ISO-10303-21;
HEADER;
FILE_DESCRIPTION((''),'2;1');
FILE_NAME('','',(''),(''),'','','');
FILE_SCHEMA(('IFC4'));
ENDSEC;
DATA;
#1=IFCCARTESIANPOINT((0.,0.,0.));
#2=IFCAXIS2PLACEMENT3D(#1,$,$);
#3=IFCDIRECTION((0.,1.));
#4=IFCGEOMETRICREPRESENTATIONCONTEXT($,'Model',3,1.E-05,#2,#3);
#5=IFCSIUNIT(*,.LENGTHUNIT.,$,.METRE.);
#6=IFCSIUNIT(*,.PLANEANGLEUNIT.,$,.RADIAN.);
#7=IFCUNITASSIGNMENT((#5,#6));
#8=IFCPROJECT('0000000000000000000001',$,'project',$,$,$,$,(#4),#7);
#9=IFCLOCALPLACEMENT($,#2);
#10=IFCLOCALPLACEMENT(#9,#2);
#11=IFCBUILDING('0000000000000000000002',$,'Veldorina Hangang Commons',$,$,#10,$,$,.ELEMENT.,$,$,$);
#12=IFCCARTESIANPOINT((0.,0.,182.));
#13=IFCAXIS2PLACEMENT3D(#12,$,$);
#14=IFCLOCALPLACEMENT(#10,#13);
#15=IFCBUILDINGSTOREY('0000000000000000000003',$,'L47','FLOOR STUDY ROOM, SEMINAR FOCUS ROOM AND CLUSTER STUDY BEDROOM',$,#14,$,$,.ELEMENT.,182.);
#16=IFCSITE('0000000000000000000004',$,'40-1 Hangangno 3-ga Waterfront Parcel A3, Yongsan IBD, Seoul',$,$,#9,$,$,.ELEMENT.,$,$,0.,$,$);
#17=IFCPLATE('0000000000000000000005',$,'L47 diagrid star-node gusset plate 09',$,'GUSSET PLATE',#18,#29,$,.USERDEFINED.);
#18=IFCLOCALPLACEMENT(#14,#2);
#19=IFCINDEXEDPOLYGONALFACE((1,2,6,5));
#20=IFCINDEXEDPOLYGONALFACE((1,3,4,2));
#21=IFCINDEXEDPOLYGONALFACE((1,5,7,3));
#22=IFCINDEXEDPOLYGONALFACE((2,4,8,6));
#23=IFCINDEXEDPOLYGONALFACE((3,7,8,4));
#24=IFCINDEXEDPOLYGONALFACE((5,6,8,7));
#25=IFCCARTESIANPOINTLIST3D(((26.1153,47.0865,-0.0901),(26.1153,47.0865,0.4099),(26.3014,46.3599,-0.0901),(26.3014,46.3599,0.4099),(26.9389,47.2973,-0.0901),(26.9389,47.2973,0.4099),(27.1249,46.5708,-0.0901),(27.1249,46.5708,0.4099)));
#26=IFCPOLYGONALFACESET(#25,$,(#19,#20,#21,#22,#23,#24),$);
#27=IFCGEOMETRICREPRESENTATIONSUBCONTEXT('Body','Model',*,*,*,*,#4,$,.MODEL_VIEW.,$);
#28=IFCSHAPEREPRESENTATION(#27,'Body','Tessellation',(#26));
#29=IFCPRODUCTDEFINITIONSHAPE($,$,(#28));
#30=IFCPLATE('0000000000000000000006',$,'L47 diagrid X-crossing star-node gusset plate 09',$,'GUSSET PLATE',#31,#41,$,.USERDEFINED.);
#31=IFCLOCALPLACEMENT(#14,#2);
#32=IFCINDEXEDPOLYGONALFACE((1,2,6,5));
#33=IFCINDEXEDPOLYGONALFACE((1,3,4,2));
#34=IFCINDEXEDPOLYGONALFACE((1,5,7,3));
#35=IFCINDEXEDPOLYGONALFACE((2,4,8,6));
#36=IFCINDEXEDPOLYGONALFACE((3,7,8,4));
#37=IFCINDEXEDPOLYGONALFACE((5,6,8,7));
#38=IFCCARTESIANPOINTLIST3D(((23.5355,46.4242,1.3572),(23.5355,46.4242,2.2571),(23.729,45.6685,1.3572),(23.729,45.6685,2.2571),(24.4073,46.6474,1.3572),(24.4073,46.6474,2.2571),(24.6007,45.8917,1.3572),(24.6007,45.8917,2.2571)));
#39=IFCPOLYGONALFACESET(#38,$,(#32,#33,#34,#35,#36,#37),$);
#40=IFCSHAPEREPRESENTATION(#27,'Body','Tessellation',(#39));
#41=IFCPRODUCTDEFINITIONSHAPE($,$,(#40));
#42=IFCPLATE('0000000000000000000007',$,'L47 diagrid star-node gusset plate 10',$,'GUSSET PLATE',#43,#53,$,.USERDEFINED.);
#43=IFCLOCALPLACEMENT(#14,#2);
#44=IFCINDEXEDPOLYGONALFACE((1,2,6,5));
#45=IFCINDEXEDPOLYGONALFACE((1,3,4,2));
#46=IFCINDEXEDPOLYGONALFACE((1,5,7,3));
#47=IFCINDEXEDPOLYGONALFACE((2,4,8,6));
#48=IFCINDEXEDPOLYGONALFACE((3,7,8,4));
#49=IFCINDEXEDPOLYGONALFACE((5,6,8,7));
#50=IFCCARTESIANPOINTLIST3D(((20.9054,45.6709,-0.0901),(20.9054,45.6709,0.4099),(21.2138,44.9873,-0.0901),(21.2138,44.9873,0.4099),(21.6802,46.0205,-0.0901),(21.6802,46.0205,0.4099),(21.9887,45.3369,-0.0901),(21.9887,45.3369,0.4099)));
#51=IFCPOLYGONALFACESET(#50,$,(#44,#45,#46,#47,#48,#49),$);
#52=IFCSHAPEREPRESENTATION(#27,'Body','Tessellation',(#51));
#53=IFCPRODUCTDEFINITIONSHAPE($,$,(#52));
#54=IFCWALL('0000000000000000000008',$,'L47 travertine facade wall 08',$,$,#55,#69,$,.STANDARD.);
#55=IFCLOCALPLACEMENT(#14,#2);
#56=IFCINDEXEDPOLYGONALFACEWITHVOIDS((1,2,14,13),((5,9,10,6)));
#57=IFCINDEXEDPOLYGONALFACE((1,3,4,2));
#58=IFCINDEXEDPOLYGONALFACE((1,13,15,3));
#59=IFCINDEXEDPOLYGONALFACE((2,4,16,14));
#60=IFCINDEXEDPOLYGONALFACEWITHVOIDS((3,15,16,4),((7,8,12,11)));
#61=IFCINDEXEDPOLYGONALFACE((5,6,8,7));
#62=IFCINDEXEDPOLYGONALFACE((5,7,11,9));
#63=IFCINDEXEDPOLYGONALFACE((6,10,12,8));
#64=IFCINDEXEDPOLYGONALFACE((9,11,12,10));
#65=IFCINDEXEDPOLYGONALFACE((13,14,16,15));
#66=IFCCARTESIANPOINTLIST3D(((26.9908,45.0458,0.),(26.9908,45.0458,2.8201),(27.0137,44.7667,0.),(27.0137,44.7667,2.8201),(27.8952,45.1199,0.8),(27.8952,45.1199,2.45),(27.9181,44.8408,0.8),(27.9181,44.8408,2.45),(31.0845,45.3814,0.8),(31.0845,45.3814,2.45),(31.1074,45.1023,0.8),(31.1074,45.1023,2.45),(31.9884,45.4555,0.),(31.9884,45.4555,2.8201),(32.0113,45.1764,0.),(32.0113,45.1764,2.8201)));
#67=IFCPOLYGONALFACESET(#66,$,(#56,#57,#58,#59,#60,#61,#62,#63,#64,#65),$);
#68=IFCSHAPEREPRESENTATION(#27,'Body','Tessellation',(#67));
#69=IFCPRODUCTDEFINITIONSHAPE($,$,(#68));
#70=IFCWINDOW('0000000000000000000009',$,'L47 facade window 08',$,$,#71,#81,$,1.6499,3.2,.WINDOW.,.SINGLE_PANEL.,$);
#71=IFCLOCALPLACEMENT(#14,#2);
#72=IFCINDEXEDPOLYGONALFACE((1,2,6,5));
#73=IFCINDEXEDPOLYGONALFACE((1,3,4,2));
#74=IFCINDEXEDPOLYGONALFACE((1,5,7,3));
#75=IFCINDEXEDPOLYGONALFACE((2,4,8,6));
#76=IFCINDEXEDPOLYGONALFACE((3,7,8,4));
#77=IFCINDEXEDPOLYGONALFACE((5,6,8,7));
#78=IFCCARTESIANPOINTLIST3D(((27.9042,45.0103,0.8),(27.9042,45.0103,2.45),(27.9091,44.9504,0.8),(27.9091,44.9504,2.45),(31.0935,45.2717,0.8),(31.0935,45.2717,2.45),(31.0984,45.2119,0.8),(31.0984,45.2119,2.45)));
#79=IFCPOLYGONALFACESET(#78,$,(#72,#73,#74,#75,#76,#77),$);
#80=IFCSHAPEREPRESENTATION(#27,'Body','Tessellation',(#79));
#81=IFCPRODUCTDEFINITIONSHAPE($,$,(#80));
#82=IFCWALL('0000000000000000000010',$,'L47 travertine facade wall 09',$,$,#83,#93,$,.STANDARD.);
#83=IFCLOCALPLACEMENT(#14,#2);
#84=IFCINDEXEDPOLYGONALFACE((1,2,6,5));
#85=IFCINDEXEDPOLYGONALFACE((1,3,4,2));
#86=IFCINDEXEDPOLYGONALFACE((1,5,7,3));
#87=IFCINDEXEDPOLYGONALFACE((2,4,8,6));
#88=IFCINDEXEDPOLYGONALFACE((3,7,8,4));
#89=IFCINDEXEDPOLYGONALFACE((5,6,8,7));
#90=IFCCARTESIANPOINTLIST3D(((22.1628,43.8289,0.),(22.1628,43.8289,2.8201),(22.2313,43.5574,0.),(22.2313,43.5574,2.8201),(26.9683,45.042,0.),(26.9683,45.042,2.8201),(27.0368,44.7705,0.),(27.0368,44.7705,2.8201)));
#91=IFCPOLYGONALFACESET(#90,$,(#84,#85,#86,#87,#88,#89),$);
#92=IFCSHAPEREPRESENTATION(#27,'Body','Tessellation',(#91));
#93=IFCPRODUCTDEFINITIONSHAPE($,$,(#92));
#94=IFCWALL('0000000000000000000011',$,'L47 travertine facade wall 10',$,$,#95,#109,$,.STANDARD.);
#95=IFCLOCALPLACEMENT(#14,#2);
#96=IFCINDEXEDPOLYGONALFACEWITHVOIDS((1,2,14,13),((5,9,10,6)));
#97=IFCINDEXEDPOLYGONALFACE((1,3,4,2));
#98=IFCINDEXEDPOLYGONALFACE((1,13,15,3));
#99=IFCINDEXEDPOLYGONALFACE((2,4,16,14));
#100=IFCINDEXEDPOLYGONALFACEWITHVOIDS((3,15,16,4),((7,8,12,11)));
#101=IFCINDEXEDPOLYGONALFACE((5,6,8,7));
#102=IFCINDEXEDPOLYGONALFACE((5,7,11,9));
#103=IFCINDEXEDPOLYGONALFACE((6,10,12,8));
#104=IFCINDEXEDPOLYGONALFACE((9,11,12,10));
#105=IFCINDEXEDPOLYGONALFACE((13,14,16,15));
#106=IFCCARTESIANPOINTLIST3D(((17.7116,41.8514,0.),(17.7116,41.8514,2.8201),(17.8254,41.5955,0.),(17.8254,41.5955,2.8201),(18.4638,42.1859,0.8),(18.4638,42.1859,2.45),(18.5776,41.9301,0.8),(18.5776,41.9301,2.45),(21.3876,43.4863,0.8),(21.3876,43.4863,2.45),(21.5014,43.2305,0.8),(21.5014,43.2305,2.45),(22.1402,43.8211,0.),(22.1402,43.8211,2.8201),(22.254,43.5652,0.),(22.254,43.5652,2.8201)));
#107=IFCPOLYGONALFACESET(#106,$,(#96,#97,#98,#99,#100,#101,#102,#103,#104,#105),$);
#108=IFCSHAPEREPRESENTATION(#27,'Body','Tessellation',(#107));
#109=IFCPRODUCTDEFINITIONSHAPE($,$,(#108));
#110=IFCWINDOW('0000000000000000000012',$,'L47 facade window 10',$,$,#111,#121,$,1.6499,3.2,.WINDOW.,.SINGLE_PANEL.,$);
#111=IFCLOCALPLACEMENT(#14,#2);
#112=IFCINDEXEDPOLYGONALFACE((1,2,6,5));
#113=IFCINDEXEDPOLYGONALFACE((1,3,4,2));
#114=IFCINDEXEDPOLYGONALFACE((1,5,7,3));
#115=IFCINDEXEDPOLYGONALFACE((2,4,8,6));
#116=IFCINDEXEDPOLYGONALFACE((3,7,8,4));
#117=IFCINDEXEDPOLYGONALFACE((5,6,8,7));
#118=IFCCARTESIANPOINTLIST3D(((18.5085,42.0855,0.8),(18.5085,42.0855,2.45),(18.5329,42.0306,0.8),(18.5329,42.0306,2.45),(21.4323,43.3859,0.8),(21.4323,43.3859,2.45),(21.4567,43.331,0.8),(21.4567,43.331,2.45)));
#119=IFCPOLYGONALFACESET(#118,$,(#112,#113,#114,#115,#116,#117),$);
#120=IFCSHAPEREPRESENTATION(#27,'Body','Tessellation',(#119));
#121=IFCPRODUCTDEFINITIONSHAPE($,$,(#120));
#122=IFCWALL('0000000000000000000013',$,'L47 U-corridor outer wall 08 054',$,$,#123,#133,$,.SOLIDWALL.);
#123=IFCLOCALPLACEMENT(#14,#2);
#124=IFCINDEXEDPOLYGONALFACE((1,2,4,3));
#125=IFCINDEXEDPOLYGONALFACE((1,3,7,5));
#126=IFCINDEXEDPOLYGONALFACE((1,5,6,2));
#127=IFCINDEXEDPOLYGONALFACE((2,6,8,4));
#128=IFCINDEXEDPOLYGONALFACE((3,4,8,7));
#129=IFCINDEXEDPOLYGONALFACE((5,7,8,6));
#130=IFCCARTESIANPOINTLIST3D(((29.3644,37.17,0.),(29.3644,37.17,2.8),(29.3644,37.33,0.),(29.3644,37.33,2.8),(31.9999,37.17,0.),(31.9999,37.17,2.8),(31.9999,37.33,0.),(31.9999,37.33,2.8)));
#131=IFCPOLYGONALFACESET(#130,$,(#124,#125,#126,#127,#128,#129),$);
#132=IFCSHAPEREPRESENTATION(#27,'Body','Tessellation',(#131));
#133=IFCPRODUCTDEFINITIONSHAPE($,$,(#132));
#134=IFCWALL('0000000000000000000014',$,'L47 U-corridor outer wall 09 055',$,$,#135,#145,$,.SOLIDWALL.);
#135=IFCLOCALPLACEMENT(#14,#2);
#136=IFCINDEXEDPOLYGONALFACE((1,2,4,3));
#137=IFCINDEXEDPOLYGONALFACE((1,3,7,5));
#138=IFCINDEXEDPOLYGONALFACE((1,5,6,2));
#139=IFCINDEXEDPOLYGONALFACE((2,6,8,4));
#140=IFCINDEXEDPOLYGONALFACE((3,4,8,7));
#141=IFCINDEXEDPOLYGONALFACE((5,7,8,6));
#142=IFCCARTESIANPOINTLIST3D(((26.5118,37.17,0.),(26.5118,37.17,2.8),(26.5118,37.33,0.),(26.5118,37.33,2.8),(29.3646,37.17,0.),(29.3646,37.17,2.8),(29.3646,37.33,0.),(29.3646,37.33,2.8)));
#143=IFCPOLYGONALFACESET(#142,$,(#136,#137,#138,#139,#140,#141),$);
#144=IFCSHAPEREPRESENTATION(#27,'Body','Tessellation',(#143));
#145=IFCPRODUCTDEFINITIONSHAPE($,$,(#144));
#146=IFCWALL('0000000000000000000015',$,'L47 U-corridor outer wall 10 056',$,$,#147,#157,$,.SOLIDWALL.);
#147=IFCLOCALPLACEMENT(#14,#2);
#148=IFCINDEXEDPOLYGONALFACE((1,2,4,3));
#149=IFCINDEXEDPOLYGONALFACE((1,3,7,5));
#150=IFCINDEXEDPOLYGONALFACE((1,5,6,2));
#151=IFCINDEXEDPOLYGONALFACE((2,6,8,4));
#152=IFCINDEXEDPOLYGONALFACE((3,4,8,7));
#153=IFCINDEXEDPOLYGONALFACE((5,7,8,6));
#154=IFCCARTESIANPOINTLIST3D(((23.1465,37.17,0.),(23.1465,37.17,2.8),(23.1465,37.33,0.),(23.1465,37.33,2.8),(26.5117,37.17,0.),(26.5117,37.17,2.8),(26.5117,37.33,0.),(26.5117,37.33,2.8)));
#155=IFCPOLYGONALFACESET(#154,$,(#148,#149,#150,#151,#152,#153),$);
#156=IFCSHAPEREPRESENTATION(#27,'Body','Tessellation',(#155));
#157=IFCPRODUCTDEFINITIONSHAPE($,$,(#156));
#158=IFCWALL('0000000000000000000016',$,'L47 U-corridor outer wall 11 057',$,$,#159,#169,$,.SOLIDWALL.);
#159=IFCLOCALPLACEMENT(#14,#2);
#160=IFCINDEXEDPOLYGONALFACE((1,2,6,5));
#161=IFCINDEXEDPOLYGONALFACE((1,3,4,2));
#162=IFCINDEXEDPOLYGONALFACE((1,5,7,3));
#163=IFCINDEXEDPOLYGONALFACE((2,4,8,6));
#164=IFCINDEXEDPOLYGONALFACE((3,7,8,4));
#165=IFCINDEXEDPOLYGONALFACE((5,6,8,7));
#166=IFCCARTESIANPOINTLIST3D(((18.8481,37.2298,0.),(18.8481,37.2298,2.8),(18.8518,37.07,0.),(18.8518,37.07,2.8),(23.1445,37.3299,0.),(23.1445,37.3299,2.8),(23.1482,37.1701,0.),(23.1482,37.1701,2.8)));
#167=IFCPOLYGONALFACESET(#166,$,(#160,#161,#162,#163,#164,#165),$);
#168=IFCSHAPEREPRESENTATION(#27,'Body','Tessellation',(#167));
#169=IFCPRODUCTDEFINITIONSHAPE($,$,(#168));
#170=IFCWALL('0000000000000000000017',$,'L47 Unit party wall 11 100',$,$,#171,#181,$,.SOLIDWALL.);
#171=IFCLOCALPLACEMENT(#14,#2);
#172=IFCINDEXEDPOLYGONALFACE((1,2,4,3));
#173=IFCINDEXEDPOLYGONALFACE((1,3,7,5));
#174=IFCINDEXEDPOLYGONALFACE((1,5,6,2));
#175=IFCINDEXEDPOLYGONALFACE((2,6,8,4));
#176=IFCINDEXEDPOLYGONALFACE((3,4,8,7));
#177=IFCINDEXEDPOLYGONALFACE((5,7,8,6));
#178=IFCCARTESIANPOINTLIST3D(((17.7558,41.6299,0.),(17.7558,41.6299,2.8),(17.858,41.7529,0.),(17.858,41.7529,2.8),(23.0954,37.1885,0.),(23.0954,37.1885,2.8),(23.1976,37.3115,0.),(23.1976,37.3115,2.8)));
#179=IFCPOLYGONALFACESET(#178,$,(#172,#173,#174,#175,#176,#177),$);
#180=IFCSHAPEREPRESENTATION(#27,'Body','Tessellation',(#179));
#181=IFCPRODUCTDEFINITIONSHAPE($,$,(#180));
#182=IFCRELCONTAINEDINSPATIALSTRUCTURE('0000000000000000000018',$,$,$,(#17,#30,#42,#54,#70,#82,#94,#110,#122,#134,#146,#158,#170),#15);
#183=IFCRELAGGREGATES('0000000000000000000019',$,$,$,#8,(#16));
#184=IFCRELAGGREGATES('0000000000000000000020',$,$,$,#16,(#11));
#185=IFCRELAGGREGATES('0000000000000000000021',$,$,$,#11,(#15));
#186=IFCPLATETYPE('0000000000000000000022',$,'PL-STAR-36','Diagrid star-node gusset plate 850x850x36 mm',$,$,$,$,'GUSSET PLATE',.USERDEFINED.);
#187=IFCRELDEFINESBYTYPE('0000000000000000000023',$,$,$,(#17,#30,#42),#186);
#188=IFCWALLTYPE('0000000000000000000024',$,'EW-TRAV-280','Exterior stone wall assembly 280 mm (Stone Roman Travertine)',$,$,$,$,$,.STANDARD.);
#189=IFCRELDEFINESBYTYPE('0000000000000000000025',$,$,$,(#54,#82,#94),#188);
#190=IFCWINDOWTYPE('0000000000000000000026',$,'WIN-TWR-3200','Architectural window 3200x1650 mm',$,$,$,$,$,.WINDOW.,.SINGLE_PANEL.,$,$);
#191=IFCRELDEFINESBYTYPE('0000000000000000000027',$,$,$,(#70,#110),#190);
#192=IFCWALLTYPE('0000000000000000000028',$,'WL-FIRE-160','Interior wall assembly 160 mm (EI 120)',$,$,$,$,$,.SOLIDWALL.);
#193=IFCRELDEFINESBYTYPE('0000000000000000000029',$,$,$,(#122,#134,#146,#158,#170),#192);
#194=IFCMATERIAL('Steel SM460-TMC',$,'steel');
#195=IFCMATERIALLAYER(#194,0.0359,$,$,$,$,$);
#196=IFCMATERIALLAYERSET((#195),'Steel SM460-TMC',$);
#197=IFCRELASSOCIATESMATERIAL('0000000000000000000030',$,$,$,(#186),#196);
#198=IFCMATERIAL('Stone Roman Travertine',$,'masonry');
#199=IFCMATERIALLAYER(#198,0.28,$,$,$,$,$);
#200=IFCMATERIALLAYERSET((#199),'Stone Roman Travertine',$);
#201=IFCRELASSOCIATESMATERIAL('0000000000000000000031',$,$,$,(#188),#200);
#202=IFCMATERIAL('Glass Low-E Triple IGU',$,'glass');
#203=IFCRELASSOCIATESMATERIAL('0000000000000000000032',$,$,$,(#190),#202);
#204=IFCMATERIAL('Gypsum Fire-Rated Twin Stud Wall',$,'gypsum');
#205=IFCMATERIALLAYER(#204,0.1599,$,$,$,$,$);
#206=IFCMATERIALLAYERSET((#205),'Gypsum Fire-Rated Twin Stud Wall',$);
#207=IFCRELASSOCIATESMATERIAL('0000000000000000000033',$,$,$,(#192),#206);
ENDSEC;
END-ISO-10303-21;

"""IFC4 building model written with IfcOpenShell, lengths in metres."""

from ifc_helpers import new_model, si_unit, direction, frame, frame_2d, origin, origin_2d, place, context, subcontext, project, spatial, rectangle, extrude, material, layer, layer_set, type_object, element, fill, save


model = new_model("IFC4")

# Units and contexts
model_context = context("Model", 3, precision=1e-05, world=origin(), true_north=direction((0.0, 1.0)))
body_context = subcontext(model_context, "Body", "Model", "MODEL_VIEW")
ifc_project = project(units=[si_unit("LENGTHUNIT", "METRE"), si_unit("PLANEANGLEUNIT", "RADIAN")], contexts=[model_context])

# Site, building, storey
site_placement = place(None, origin())
site = spatial("IfcSite", under=ifc_project, at=site_placement, Name="40-1 Hangangno 3-ga Waterfront Parcel A3, Yongsan IBD, Seoul", CompositionType="ELEMENT", RefElevation=0.0)
building_placement = place(site_placement, origin())
building = spatial("IfcBuilding", under=site, at=building_placement, Name="Veldorina Hangang Commons", CompositionType="ELEMENT")
storey_placement = place(building_placement, frame((0.0, 0.0, 182.0)))
storey = spatial("IfcBuildingStorey", under=building, at=storey_placement, Name="L47", Description="FLOOR STUDY ROOM, SEMINAR FOCUS ROOM AND CLUSTER STUDY BEDROOM", CompositionType="ELEMENT", Elevation=182.0)

# Plates
ifc_material_1 = material(Name="Steel SM460-TMC", Category="steel")
ifc_layer_1 = layer(ifc_material_1, 0.0359)
ifc_layer_set_1 = layer_set([ifc_layer_1], Name="Steel SM460-TMC")
plate_type = type_object("IfcPlateType", Name="PL-STAR-36", Description="Diagrid star-node gusset plate 850x850x36 mm", ElementType="GUSSET PLATE", PredefinedType="USERDEFINED", material=ifc_layer_set_1)
for number, where, z_axis, x_axis, name in (
    (1, (26.6201, 46.8286, -0.0901), (0.0, 0.0, 1.0), (-0.968748, -0.248047, 0.0), "L47 diagrid star-node gusset plate 09"),
):
    element("IfcPlate", number, at=place(storey_placement, frame(where, z_axis=z_axis, x_axis=x_axis)), inside=storey, type_object=plate_type, Name=name, ObjectType="GUSSET PLATE", PredefinedType="USERDEFINED", context=body_context, shape_type="SweptSolid", body=[
        extrude(rectangle(XDim=0.8501, YDim=0.75, at=origin_2d()), origin(), (0.0, 0.0, 1.0), 0.5),
    ])
plate_1_placement = place(storey_placement, frame((24.0681, 46.158, 1.3572), z_axis=(0.0, 0.0, 1.0), x_axis=(-0.968748, -0.248047, 0.0)))
element("IfcPlate", 2, at=plate_1_placement, inside=storey, type_object=plate_type, Name="L47 diagrid X-crossing star-node gusset plate 09", ObjectType="GUSSET PLATE", PredefinedType="USERDEFINED", context=body_context, shape_type="SweptSolid", body=[
    extrude(rectangle(XDim=0.8999, YDim=0.78, at=origin_2d()), origin(), (0.0, 0.0, 1.0), 0.8999),
])
plate_2_placement = place(storey_placement, frame((21.447, 45.5039, -0.0901), z_axis=(0.0, 0.0, 1.0), x_axis=(-0.911525, -0.411244, 0.0)))
element("IfcPlate", 3, at=plate_2_placement, inside=storey, type_object=plate_type, Name="L47 diagrid star-node gusset plate 10", ObjectType="GUSSET PLATE", PredefinedType="USERDEFINED", context=body_context, shape_type="SweptSolid", body=[
    extrude(rectangle(XDim=0.8501, YDim=0.75, at=origin_2d()), origin(), (0.0, 0.0, 1.0), 0.5),
])

# Wall, opening, window
ifc_material_2 = material(Name="Stone Roman Travertine", Category="masonry")
ifc_layer_2 = layer(ifc_material_2, 0.28)
ifc_layer_set_2 = layer_set([ifc_layer_2], Name="Stone Roman Travertine")
wall_type_1 = type_object("IfcWallType", Name="EW-TRAV-280", Description="Exterior stone wall assembly 280 mm (Stone Roman Travertine)", PredefinedType="STANDARD", material=ifc_layer_set_2)
wall_1_placement = place(storey_placement, frame((32.0, 45.3159, 0.0), z_axis=(0.0, 0.0, 1.0), x_axis=(-0.996657, -0.0817, 0.0)))
wall_1 = element("IfcWall", 4, at=wall_1_placement, inside=storey, type_object=wall_type_1, Name="L47 travertine facade wall 08", PredefinedType="STANDARD", context=body_context, shape_type="SweptSolid", body=[
    extrude(rectangle(XDim=5.0144, YDim=0.28, at=frame_2d((2.5073, 0.0))), origin(), (0.0, 0.0, 1.0), 2.8201),
])
opening_1_placement = place(wall_1_placement, frame((0.907, 0.0, 0.8)))
opening_1 = element("IfcOpeningElement", 5, at=opening_1_placement, cuts=wall_1, PredefinedType="OPENING", context=body_context, shape_type="SweptSolid", body=[
    extrude(rectangle(XDim=3.2, YDim=1.6499, at=frame_2d((1.6001, 0.825))), frame((0.0, 0.1499, 0.0), z_axis=(0.0, -1.0, 0.0), x_axis=(1.0, 0.0, 0.0)), (0.0, 0.0, 1.0), 0.3),
])
ifc_material_3 = material(Name="Glass Low-E Triple IGU", Category="glass")
window_type = type_object("IfcWindowType", Name="WIN-TWR-3200", Description="Architectural window 3200x1650 mm", PartitioningType="SINGLE_PANEL", PredefinedType="WINDOW", material=ifc_material_3)
window_1_placement = place(opening_1_placement, origin())
window_1 = element("IfcWindow", 6, at=window_1_placement, inside=storey, type_object=window_type, Name="L47 facade window 08", OverallHeight=1.6499, OverallWidth=3.2, PartitioningType="SINGLE_PANEL", PredefinedType="WINDOW", context=body_context, shape_type="SweptSolid", body=[
    extrude(rectangle(XDim=3.2, YDim=1.6499, at=frame_2d((1.6001, 0.825))), frame((0.0, 0.03, 0.0), z_axis=(0.0, -1.0, 0.0), x_axis=(1.0, 0.0, 0.0)), (0.0, 0.0, 1.0), 0.0601),
])
fill(opening_1, window_1)

# Wall
wall_2_placement = place(storey_placement, frame((27.0024, 44.9062, 0.0), z_axis=(0.0, 0.0, 1.0), x_axis=(-0.969581, -0.244772, 0.0)))
element("IfcWall", 7, at=wall_2_placement, inside=storey, type_object=wall_type_1, Name="L47 travertine facade wall 09", PredefinedType="STANDARD", context=body_context, shape_type="SweptSolid", body=[
    extrude(rectangle(XDim=4.9563, YDim=0.28, at=frame_2d((2.478, 0.0))), origin(), (0.0, 0.0, 1.0), 2.8201),
])

# Wall, opening, window
wall_3_placement = place(storey_placement, frame((22.197, 43.6931, 0.0), z_axis=(0.0, 0.0, 1.0), x_axis=(-0.913704, -0.406381, 0.0)))
wall_3 = element("IfcWall", 8, at=wall_3_placement, inside=storey, type_object=wall_type_1, Name="L47 travertine facade wall 10", PredefinedType="STANDARD", context=body_context, shape_type="SweptSolid", body=[
    extrude(rectangle(XDim=4.8469, YDim=0.28, at=frame_2d((2.4233, 0.0))), origin(), (0.0, 0.0, 1.0), 2.8201),
])
opening_2_placement = place(wall_3_placement, frame((0.8235, 0.0, 0.8)))
opening_2 = element("IfcOpeningElement", 9, at=opening_2_placement, cuts=wall_3, PredefinedType="OPENING", context=body_context, shape_type="SweptSolid", body=[
    extrude(rectangle(XDim=3.2, YDim=1.6499, at=frame_2d((1.6001, 0.825))), frame((0.0, 0.1499, 0.0), z_axis=(0.0, -1.0, 0.0), x_axis=(1.0, 0.0, 0.0)), (0.0, 0.0, 1.0), 0.3),
])
window_2_placement = place(opening_2_placement, origin())
window_2 = element("IfcWindow", 10, at=window_2_placement, inside=storey, type_object=window_type, Name="L47 facade window 10", OverallHeight=1.6499, OverallWidth=3.2, PartitioningType="SINGLE_PANEL", PredefinedType="WINDOW", context=body_context, shape_type="SweptSolid", body=[
    extrude(rectangle(XDim=3.2, YDim=1.6499, at=frame_2d((1.6001, 0.825))), frame((0.0, 0.03, 0.0), z_axis=(0.0, -1.0, 0.0), x_axis=(1.0, 0.0, 0.0)), (0.0, 0.0, 1.0), 0.0601),
])
fill(opening_2, window_2)

# Walls
ifc_material_4 = material(Name="Gypsum Fire-Rated Twin Stud Wall", Category="gypsum")
ifc_layer_3 = layer(ifc_material_4, 0.1599)
ifc_layer_set_3 = layer_set([ifc_layer_3], Name="Gypsum Fire-Rated Twin Stud Wall")
wall_type_2 = type_object("IfcWallType", Name="WL-FIRE-160", Description="Interior wall assembly 160 mm (EI 120)", PredefinedType="SOLIDWALL", material=ifc_layer_set_3)
wall_4_placement = place(storey_placement, frame((32.0, 37.25, 0.0), z_axis=(0.0, 0.0, 1.0), x_axis=(-1.0, 0.0, 0.0)))
element("IfcWall", 11, at=wall_4_placement, inside=storey, type_object=wall_type_2, Name="L47 U-corridor outer wall 08 054", PredefinedType="SOLIDWALL", context=body_context, shape_type="SweptSolid", body=[
    extrude(rectangle(XDim=2.6355, YDim=0.1599, at=frame_2d((1.3179, 0.0))), origin(), (0.0, 0.0, 1.0), 2.8),
])
wall_5_placement = place(storey_placement, frame((29.3645, 37.25, 0.0), z_axis=(0.0, 0.0, 1.0), x_axis=(-1.0, 0.0, 0.0)))
element("IfcWall", 12, at=wall_5_placement, inside=storey, type_object=wall_type_2, Name="L47 U-corridor outer wall 09 055", PredefinedType="SOLIDWALL", context=body_context, shape_type="SweptSolid", body=[
    extrude(rectangle(XDim=2.8528, YDim=0.1599, at=frame_2d((1.4263, 0.0))), origin(), (0.0, 0.0, 1.0), 2.8),
])
wall_6_placement = place(storey_placement, frame((26.5117, 37.25, 0.0), z_axis=(0.0, 0.0, 1.0), x_axis=(-1.0, 0.0, 0.0)))
element("IfcWall", 13, at=wall_6_placement, inside=storey, type_object=wall_type_2, Name="L47 U-corridor outer wall 10 056", PredefinedType="SOLIDWALL", context=body_context, shape_type="SweptSolid", body=[
    extrude(rectangle(XDim=3.3652, YDim=0.1599, at=frame_2d((1.6826, 0.0))), origin(), (0.0, 0.0, 1.0), 2.8),
])
wall_7_placement = place(storey_placement, frame((23.1465, 37.25, 0.0), z_axis=(0.0, 0.0, 1.0), x_axis=(-0.999729, -0.023292, 0.0)))
element("IfcWall", 14, at=wall_7_placement, inside=storey, type_object=wall_type_2, Name="L47 U-corridor outer wall 11 057", PredefinedType="SOLIDWALL", context=body_context, shape_type="SweptSolid", body=[
    extrude(rectangle(XDim=4.2976, YDim=0.1599, at=frame_2d((2.1489, 0.0))), origin(), (0.0, 0.0, 1.0), 2.8),
])
wall_8_placement = place(storey_placement, frame((23.1465, 37.25, 0.0), z_axis=(0.0, 0.0, 1.0), x_axis=(-0.768806, 0.639482, 0.0)))
element("IfcWall", 15, at=wall_8_placement, inside=storey, type_object=wall_type_2, Name="L47 Unit party wall 11 100", PredefinedType="SOLIDWALL", context=body_context, shape_type="SweptSolid", body=[
    extrude(rectangle(XDim=6.9453, YDim=0.1599, at=frame_2d((3.4727, 0.0))), origin(), (0.0, 0.0, 1.0), 2.8),
])

save(model, "model.ifc")
